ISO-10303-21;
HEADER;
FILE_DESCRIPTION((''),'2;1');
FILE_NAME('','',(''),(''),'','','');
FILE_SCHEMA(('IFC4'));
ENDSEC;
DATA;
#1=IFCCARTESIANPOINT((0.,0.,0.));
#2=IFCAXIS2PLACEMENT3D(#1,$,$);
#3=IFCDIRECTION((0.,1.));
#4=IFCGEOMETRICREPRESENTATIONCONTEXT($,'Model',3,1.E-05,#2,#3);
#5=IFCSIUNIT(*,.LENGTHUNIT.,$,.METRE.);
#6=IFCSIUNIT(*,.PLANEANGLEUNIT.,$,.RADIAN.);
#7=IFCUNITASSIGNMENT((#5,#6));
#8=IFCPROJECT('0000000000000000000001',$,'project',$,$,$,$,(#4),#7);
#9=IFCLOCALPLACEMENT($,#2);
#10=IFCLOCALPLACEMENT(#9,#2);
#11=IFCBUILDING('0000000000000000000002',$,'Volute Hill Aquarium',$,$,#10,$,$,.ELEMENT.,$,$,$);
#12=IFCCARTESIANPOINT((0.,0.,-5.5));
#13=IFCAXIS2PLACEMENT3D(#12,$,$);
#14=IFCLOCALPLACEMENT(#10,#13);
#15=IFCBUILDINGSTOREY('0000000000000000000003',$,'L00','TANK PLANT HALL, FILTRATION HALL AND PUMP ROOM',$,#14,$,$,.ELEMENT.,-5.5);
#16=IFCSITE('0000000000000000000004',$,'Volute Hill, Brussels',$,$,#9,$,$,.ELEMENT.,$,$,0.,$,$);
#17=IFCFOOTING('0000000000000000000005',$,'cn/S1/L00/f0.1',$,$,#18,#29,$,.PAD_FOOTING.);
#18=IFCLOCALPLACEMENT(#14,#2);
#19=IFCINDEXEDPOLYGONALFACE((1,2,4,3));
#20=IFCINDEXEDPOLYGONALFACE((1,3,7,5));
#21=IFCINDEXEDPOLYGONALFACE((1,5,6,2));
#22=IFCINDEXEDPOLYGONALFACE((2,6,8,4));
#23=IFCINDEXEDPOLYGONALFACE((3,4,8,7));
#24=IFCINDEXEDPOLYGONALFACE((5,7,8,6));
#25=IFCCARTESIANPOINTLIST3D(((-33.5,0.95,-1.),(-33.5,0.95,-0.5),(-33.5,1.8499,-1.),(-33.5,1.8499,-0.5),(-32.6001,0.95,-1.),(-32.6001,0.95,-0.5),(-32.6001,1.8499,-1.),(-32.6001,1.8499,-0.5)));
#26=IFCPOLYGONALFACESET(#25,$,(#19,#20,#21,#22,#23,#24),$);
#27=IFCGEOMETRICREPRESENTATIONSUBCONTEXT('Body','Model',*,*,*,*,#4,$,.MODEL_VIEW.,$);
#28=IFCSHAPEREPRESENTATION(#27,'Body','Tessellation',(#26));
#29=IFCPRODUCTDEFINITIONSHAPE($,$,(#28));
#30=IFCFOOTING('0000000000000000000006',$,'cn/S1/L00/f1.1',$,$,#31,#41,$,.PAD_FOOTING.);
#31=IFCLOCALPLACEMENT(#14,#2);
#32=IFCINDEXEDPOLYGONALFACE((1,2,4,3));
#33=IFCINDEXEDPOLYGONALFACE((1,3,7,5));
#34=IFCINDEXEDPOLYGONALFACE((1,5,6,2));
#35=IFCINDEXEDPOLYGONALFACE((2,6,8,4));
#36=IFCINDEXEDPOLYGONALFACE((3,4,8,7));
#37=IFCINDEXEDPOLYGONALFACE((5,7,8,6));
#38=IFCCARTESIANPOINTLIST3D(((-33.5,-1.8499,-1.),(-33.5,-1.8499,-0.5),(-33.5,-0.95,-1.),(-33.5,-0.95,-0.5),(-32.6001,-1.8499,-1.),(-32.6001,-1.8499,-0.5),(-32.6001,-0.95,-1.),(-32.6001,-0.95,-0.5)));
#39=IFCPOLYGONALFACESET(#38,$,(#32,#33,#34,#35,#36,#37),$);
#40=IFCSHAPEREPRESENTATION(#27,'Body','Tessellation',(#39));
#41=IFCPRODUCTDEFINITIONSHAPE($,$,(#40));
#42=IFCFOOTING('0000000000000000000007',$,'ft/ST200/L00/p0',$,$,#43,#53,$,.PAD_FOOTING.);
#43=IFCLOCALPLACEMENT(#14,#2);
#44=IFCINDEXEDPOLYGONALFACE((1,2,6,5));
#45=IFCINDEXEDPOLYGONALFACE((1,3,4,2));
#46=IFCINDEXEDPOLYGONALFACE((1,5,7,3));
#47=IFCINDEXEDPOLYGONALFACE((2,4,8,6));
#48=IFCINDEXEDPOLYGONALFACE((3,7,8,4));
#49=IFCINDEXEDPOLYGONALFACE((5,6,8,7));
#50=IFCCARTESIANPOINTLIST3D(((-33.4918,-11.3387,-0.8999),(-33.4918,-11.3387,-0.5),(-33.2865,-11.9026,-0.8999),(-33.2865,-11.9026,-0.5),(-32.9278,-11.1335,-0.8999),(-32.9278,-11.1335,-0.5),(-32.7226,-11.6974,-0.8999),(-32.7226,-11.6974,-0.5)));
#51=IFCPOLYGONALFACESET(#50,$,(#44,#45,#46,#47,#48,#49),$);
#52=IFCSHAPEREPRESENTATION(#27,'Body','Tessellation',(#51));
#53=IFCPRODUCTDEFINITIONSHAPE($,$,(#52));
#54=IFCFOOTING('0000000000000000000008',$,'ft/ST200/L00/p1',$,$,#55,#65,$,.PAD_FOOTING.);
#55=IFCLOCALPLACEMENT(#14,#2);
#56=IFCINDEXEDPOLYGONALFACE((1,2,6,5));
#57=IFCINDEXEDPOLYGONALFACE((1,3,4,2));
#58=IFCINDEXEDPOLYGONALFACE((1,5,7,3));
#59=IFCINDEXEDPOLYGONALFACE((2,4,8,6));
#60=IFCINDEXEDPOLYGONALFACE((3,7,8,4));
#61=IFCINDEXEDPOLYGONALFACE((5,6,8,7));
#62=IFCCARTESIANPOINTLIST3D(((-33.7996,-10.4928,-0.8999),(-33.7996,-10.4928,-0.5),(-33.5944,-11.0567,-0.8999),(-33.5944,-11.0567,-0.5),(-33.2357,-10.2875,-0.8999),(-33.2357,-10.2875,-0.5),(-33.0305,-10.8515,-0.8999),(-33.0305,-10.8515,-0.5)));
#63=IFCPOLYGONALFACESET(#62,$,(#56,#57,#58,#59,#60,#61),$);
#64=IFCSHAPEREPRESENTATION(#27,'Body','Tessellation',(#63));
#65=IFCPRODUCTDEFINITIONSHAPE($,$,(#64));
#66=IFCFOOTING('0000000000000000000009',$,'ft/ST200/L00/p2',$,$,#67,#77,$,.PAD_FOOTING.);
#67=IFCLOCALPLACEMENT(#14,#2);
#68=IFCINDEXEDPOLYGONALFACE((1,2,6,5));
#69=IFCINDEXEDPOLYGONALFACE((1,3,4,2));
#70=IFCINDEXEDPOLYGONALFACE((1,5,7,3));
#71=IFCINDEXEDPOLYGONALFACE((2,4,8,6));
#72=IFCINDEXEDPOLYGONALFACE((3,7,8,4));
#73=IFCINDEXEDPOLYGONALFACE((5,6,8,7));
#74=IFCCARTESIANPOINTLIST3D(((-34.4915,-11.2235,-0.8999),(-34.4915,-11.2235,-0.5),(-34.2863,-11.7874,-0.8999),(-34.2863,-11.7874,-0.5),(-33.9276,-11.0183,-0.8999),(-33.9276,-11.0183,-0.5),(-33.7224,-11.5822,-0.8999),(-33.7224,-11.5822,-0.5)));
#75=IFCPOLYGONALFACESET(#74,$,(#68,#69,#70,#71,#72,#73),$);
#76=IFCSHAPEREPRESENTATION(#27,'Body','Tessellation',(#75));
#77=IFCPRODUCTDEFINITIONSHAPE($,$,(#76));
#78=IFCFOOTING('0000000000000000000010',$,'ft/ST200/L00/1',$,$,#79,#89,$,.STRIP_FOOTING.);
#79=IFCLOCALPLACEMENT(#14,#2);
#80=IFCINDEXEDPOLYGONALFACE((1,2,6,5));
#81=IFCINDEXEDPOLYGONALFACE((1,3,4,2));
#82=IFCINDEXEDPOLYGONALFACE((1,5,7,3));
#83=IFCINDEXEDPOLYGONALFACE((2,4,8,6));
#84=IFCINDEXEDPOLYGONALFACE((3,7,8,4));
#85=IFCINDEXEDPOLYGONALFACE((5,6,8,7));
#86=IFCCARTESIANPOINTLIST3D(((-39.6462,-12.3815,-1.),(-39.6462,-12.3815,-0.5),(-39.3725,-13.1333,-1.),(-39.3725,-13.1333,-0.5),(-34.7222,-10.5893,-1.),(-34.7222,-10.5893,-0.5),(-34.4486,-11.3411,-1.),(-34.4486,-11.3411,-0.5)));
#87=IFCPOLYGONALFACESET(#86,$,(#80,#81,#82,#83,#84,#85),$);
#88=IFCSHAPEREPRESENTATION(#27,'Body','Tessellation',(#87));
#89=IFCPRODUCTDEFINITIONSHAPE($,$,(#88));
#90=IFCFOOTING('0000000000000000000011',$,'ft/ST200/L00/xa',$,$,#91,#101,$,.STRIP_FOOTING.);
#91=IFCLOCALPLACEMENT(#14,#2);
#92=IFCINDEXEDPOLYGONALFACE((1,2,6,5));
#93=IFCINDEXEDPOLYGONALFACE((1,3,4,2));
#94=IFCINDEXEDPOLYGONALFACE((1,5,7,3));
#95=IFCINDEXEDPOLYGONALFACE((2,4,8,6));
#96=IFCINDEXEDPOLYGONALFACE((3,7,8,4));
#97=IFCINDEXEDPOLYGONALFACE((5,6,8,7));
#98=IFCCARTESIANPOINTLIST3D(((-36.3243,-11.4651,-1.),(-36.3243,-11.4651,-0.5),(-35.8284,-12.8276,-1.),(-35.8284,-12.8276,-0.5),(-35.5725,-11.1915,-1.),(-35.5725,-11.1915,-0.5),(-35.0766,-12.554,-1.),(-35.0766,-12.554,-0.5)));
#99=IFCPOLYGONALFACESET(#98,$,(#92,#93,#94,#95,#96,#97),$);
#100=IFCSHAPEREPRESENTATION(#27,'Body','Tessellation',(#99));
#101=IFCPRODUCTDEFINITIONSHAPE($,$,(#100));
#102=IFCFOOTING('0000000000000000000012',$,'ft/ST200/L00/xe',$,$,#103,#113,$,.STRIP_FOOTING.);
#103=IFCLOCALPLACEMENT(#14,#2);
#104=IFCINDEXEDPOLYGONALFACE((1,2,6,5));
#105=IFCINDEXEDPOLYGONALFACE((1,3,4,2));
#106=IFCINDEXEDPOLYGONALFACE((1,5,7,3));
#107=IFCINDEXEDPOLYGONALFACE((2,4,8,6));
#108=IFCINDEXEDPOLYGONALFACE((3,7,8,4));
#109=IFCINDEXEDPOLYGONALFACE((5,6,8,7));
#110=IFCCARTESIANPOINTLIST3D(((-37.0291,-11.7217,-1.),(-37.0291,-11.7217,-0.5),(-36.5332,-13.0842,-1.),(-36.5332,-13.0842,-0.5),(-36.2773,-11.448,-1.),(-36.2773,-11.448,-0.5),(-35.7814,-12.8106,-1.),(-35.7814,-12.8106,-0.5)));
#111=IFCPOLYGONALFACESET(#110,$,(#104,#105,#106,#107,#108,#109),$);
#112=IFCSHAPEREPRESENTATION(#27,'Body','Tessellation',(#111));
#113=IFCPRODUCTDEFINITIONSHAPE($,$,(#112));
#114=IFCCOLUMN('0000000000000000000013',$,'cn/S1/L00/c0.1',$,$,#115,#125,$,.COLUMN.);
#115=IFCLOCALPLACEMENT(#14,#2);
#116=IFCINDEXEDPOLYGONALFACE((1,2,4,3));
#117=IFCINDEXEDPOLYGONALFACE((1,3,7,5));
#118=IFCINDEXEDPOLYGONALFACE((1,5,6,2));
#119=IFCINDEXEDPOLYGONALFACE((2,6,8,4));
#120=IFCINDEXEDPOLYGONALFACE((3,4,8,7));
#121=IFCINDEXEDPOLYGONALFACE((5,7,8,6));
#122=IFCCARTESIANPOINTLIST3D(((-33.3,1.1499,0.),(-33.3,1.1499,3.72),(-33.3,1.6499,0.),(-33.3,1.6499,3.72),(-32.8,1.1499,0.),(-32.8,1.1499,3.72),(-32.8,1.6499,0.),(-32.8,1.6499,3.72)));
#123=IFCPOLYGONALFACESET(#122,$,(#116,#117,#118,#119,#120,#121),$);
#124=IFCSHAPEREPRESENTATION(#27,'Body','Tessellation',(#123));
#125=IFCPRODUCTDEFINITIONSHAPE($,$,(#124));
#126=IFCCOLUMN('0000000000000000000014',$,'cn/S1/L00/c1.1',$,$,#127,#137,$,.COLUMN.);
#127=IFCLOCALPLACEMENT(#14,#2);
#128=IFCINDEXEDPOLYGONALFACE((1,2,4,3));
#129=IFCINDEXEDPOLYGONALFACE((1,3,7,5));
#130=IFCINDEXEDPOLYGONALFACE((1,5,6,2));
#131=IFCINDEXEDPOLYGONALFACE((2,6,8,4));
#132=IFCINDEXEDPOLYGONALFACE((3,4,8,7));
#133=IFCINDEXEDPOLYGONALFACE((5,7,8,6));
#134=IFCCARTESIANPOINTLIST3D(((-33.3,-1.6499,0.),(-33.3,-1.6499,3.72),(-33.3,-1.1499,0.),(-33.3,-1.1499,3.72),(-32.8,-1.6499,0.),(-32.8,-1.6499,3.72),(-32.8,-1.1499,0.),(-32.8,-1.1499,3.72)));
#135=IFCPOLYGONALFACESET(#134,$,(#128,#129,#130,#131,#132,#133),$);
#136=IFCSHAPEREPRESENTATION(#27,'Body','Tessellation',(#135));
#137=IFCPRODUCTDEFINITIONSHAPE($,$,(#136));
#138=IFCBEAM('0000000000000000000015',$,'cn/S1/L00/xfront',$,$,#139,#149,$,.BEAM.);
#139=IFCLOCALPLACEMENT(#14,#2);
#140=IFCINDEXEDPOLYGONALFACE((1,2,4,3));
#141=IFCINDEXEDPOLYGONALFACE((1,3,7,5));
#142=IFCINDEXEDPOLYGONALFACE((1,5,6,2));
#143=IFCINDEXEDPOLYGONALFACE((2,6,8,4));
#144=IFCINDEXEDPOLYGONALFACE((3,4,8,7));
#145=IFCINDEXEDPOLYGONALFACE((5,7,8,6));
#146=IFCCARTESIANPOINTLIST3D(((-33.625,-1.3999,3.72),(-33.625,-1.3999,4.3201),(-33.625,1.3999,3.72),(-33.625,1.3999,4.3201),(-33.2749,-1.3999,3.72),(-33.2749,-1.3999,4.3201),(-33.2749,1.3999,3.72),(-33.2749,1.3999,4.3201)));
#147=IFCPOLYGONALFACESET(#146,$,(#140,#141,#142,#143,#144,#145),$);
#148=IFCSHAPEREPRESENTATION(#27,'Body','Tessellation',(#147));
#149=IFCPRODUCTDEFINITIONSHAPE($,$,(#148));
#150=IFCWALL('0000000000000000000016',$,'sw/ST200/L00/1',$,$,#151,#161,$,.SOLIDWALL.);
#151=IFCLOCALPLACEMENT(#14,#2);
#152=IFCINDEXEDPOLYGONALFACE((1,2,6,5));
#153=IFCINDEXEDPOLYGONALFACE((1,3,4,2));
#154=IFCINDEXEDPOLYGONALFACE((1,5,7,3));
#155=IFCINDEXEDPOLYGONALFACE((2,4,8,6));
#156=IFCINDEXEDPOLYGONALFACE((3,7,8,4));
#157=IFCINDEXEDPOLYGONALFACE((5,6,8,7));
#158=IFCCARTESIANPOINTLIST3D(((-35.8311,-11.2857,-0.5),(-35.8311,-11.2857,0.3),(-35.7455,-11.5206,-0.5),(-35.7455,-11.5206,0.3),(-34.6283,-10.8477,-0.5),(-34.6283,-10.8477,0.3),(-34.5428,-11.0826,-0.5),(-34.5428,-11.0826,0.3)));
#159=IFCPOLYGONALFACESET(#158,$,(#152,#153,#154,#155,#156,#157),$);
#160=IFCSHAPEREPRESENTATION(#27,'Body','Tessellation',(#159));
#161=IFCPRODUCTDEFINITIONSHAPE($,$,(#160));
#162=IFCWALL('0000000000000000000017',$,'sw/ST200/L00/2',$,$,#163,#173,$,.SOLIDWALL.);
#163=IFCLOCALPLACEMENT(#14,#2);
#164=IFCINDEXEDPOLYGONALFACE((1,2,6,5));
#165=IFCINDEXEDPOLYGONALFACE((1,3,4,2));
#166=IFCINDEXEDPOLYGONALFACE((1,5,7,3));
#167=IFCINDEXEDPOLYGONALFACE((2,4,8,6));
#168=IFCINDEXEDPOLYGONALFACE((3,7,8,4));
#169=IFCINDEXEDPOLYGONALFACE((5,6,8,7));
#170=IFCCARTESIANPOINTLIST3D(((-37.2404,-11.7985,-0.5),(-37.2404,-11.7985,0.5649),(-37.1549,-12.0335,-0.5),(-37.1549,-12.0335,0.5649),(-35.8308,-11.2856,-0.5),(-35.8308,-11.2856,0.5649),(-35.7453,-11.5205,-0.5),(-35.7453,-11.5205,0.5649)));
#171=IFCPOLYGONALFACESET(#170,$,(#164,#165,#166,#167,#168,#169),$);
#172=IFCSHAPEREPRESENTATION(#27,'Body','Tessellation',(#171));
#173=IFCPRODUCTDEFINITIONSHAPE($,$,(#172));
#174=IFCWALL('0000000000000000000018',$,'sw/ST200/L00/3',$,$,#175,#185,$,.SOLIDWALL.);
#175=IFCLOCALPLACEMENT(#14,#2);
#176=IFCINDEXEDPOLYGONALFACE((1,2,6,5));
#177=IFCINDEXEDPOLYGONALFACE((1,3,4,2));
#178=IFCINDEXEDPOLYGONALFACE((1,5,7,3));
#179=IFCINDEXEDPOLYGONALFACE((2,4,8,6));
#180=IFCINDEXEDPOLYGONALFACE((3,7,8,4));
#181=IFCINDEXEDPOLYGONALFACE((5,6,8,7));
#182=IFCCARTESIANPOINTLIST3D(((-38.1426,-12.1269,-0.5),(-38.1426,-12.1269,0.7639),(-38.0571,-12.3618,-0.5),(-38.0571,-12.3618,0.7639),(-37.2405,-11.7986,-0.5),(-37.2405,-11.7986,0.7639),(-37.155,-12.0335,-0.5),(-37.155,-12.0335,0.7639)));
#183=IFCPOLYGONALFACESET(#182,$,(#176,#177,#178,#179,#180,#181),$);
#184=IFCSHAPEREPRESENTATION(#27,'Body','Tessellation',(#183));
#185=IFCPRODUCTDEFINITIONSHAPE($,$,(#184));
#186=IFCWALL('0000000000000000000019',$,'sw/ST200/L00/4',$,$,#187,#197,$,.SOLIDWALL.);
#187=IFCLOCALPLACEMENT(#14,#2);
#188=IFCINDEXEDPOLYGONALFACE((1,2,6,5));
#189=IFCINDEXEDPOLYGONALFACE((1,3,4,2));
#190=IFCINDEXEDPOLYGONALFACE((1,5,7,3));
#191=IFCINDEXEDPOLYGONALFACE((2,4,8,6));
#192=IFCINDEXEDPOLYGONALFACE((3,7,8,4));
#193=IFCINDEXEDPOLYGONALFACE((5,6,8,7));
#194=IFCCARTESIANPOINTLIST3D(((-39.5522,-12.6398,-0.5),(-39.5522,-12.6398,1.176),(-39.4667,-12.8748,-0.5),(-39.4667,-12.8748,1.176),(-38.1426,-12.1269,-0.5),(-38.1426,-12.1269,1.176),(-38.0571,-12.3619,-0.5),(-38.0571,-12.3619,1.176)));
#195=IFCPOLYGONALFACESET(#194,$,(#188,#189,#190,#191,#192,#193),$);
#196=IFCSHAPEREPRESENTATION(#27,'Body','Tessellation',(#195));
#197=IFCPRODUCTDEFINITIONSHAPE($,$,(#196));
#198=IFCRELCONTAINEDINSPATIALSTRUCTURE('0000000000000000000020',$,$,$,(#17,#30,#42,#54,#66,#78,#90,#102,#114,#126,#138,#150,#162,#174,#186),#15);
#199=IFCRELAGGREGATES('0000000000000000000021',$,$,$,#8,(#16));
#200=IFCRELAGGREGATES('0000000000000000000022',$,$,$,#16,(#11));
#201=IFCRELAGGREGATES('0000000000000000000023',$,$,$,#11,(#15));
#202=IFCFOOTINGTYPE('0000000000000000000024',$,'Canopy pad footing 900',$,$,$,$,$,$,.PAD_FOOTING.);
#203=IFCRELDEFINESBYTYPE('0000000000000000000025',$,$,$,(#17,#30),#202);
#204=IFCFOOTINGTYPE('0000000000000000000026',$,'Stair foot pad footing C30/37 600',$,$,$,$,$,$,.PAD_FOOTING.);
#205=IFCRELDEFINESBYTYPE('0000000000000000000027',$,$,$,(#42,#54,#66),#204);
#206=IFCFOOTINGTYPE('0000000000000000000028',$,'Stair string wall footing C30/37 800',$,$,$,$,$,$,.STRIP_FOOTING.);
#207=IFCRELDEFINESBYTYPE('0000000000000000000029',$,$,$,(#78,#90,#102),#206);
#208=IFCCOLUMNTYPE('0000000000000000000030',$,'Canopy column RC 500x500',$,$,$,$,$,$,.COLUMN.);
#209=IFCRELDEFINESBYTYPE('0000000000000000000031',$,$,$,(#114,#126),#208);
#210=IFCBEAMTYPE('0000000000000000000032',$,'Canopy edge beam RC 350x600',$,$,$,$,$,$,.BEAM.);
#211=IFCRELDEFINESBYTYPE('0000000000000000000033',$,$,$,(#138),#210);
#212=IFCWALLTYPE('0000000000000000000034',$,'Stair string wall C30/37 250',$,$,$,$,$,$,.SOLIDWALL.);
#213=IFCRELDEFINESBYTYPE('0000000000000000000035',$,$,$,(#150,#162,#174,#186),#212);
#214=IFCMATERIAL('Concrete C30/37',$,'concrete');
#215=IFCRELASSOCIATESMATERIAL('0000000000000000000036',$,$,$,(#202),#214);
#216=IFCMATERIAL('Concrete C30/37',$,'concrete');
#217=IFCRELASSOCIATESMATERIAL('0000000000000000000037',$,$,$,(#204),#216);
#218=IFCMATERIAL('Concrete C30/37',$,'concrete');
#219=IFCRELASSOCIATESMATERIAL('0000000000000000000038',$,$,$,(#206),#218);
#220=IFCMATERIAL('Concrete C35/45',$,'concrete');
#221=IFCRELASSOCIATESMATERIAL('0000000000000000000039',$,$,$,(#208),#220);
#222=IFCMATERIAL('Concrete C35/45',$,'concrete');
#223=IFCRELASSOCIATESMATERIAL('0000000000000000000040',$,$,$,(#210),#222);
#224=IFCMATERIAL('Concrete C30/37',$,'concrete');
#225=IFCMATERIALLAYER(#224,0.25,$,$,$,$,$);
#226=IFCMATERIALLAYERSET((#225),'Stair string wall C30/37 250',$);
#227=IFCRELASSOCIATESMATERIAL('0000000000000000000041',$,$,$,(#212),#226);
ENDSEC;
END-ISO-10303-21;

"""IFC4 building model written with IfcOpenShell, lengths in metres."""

from ifc_helpers import new_model, si_unit, direction, frame, frame_2d, origin, origin_2d, place, context, subcontext, project, spatial, rectangle, extrude, material, layer, layer_set, material_profile, profile_set, type_object, element, save


model = new_model("IFC4")

# Units and contexts
model_context = context("Model", 3, precision=1e-05, world=origin(), true_north=direction((0.0, 1.0)))
body_context = subcontext(model_context, "Body", "Model", "MODEL_VIEW")
ifc_project = project(units=[si_unit("LENGTHUNIT", "METRE"), si_unit("PLANEANGLEUNIT", "RADIAN")], contexts=[model_context])

# Site, building, storey
site_placement = place(None, origin())
site = spatial("IfcSite", under=ifc_project, at=site_placement, Name="Volute Hill, Brussels", CompositionType="ELEMENT", RefElevation=0.0)
building_placement = place(site_placement, origin())
building = spatial("IfcBuilding", under=site, at=building_placement, Name="Volute Hill Aquarium", CompositionType="ELEMENT")
storey_placement = place(building_placement, frame((0.0, 0.0, -5.5)))
storey = spatial("IfcBuildingStorey", under=building, at=storey_placement, Name="L00", Description="TANK PLANT HALL, FILTRATION HALL AND PUMP ROOM", CompositionType="ELEMENT", Elevation=-5.5)

# Footings
ifc_material_1 = material(Name="Concrete C30/37", Category="concrete")
footing_type_1 = type_object("IfcFootingType", Name="Canopy pad footing 900", PredefinedType="PAD_FOOTING", material=ifc_material_1)
for number, where, z_axis, x_axis, name in (
    (1, (-33.05, 1.3999, -1.0), (0.0, 0.0, 1.0), (-1.0, 0.0, 0.0), "cn/S1/L00/f0.1"),
    (2, (-33.05, -1.3999, -1.0), (0.0, 0.0, 1.0), (-1.0, 0.0, 0.0), "cn/S1/L00/f1.1"),
):
    element("IfcFooting", number, at=place(storey_placement, frame(where, z_axis=z_axis, x_axis=x_axis)), inside=storey, type_object=footing_type_1, Name=name, PredefinedType="PAD_FOOTING", context=body_context, shape_type="SweptSolid", body=[
        extrude(rectangle(XDim=0.8999, YDim=0.8999, at=origin_2d()), origin(), (0.0, 0.0, 1.0), 0.5),
    ])
ifc_material_2 = material(Name="Concrete C30/37", Category="concrete")
footing_type_2 = type_object("IfcFootingType", Name="Stair foot pad footing C30/37 600", PredefinedType="PAD_FOOTING", material=ifc_material_2)
for number, where, z_axis, x_axis, name in (
    (3, (-33.1072, -11.5181, -0.8999), (0.0, 0.0, 1.0), (-0.939693, -0.34202, 0.0), "ft/ST200/L00/p0"),
    (4, (-33.415, -10.6721, -0.8999), (0.0, 0.0, 1.0), (-0.939693, -0.34202, 0.0), "ft/ST200/L00/p1"),
    (5, (-34.1069, -11.4028, -0.8999), (0.0, 0.0, 1.0), (-0.939693, -0.34202, 0.0), "ft/ST200/L00/p2"),
):
    element("IfcFooting", number, at=place(storey_placement, frame(where, z_axis=z_axis, x_axis=x_axis)), inside=storey, type_object=footing_type_2, Name=name, PredefinedType="PAD_FOOTING", context=body_context, shape_type="SweptSolid", body=[
        extrude(rectangle(XDim=0.6001, YDim=0.6001, at=origin_2d()), origin(), (0.0, 0.0, 1.0), 0.3999),
    ])
ifc_material_3 = material(Name="Concrete C30/37", Category="concrete")
footing_type_3 = type_object("IfcFootingType", Name="Stair string wall footing C30/37 800", PredefinedType="STRIP_FOOTING", material=ifc_material_3)
footing_placement = place(storey_placement, frame((-37.0474, -11.8613, -1.0), z_axis=(0.0, 0.0, 1.0), x_axis=(-0.939693, -0.34202, 0.0)))
element("IfcFooting", 6, at=footing_placement, inside=storey, type_object=footing_type_3, Name="ft/ST200/L00/1", PredefinedType="STRIP_FOOTING", context=body_context, shape_type="SweptSolid", body=[
    extrude(rectangle(XDim=5.24, YDim=0.8, at=origin_2d()), origin(), (0.0, 0.0, 1.0), 0.5),
])
for number, where, z_axis, x_axis, name in (
    (7, (-35.7004, -12.0095, -1.0), (0.0, 0.0, 1.0), (0.34202, -0.939693, 0.0), "ft/ST200/L00/xa"),
    (8, (-36.4053, -12.2661, -1.0), (0.0, 0.0, 1.0), (0.34202, -0.939693, 0.0), "ft/ST200/L00/xe"),
):
    element("IfcFooting", number, at=place(storey_placement, frame(where, z_axis=z_axis, x_axis=x_axis)), inside=storey, type_object=footing_type_3, Name=name, PredefinedType="STRIP_FOOTING", context=body_context, shape_type="SweptSolid", body=[
        extrude(rectangle(XDim=1.45, YDim=0.8, at=origin_2d()), origin(), (0.0, 0.0, 1.0), 0.5),
    ])

# Columns
ifc_material_4 = material(Name="Concrete C35/45", Category="concrete")
ifc_material_profile_1 = material_profile(ifc_material_4, rectangle(XDim=0.5, YDim=0.5, at=origin_2d()), Name="RC column 500x500")
ifc_profile_set_1 = profile_set([ifc_material_profile_1], Name="Concrete C35/45")
column_type = type_object("IfcColumnType", Name="Canopy column RC 500x500", PredefinedType="COLUMN", material=ifc_profile_set_1)
for number, where, z_axis, x_axis, name in (
    (9, (-33.05, 1.3999, 0.0), (0.0, 0.0, 1.0), (1.0, 0.0, 0.0), "cn/S1/L00/c0.1"),
    (10, (-33.05, -1.3999, 0.0), (0.0, 0.0, 1.0), (1.0, 0.0, 0.0), "cn/S1/L00/c1.1"),
):
    element("IfcColumn", number, at=place(storey_placement, frame(where, z_axis=z_axis, x_axis=x_axis)), inside=storey, type_object=column_type, Name=name, PredefinedType="COLUMN", context=body_context, shape_type="SweptSolid", body=[
        extrude(rectangle(XDim=0.5, YDim=0.5, at=origin_2d()), origin(), (0.0, 0.0, 1.0), 3.72),
    ])

# Beam
ifc_material_5 = material(Name="Concrete C35/45", Category="concrete")
ifc_material_profile_2 = material_profile(ifc_material_5, rectangle(XDim=0.3501, YDim=0.6001, at=origin_2d()), Name="RC edge beam 350x600")
ifc_profile_set_2 = profile_set([ifc_material_profile_2], Name="Concrete C35/45")
beam_type = type_object("IfcBeamType", Name="Canopy edge beam RC 350x600", PredefinedType="BEAM", material=ifc_profile_set_2)
beam_placement = place(storey_placement, frame((-33.45, 1.3999, 4.02), z_axis=(0.0, -1.0, 0.0), x_axis=(1.0, 0.0, 0.0)))
element("IfcBeam", 11, at=beam_placement, inside=storey, type_object=beam_type, Name="cn/S1/L00/xfront", PredefinedType="BEAM", context=body_context, shape_type="SweptSolid", body=[
    extrude(rectangle(XDim=0.3501, YDim=0.6001, at=origin_2d()), origin(), (0.0, 0.0, 1.0), 2.7998),
])

# Walls
ifc_material_6 = material(Name="Concrete C30/37", Category="concrete")
ifc_layer_1 = layer(ifc_material_6, 0.25)
ifc_layer_set_1 = layer_set([ifc_layer_1], Name="Stair string wall C30/37 250")
wall_type = type_object("IfcWallType", Name="Stair string wall C30/37 250", PredefinedType="SOLIDWALL", material=ifc_layer_set_1)
wall_1_placement = place(storey_placement, frame((-34.5854, -10.9651, -0.5), z_axis=(0.0, 0.0, 1.0), x_axis=(-0.939626, -0.342202, 0.0)))
element("IfcWall", 12, at=wall_1_placement, inside=storey, type_object=wall_type, Name="sw/ST200/L00/1", PredefinedType="SOLIDWALL", context=body_context, shape_type="SweptSolid", body=[
    extrude(rectangle(XDim=1.28, YDim=0.25, at=frame_2d((0.6401, 0.0))), origin(), (0.0, 0.0, 1.0), 0.8),
])
wall_2_placement = place(storey_placement, frame((-35.7881, -11.4031, -0.5), z_axis=(0.0, 0.0, 1.0), x_axis=(-0.939722, -0.341939, 0.0)))
element("IfcWall", 13, at=wall_2_placement, inside=storey, type_object=wall_type, Name="sw/ST200/L00/2", PredefinedType="SOLIDWALL", context=body_context, shape_type="SweptSolid", body=[
    extrude(rectangle(XDim=1.5, YDim=0.25, at=frame_2d((0.75, 0.0))), origin(), (0.0, 0.0, 1.0), 1.0649),
])
wall_3_placement = place(storey_placement, frame((-37.1978, -11.916, -0.5), z_axis=(0.0, 0.0, 1.0), x_axis=(-0.939682, -0.342049, 0.0)))
element("IfcWall", 14, at=wall_3_placement, inside=storey, type_object=wall_type, Name="sw/ST200/L00/3", PredefinedType="SOLIDWALL", context=body_context, shape_type="SweptSolid", body=[
    extrude(rectangle(XDim=0.96, YDim=0.25, at=frame_2d((0.48, 0.0))), origin(), (0.0, 0.0, 1.0), 1.2639),
])
wall_4_placement = place(storey_placement, frame((-38.0999, -12.2444, -0.5), z_axis=(0.0, 0.0, 1.0), x_axis=(-0.939722, -0.341939, 0.0)))
element("IfcWall", 15, at=wall_4_placement, inside=storey, type_object=wall_type, Name="sw/ST200/L00/4", PredefinedType="SOLIDWALL", context=body_context, shape_type="SweptSolid", body=[
    extrude(rectangle(XDim=1.5, YDim=0.25, at=frame_2d((0.75, 0.0))), origin(), (0.0, 0.0, 1.0), 1.676),
])

save(model, "model.ifc")
